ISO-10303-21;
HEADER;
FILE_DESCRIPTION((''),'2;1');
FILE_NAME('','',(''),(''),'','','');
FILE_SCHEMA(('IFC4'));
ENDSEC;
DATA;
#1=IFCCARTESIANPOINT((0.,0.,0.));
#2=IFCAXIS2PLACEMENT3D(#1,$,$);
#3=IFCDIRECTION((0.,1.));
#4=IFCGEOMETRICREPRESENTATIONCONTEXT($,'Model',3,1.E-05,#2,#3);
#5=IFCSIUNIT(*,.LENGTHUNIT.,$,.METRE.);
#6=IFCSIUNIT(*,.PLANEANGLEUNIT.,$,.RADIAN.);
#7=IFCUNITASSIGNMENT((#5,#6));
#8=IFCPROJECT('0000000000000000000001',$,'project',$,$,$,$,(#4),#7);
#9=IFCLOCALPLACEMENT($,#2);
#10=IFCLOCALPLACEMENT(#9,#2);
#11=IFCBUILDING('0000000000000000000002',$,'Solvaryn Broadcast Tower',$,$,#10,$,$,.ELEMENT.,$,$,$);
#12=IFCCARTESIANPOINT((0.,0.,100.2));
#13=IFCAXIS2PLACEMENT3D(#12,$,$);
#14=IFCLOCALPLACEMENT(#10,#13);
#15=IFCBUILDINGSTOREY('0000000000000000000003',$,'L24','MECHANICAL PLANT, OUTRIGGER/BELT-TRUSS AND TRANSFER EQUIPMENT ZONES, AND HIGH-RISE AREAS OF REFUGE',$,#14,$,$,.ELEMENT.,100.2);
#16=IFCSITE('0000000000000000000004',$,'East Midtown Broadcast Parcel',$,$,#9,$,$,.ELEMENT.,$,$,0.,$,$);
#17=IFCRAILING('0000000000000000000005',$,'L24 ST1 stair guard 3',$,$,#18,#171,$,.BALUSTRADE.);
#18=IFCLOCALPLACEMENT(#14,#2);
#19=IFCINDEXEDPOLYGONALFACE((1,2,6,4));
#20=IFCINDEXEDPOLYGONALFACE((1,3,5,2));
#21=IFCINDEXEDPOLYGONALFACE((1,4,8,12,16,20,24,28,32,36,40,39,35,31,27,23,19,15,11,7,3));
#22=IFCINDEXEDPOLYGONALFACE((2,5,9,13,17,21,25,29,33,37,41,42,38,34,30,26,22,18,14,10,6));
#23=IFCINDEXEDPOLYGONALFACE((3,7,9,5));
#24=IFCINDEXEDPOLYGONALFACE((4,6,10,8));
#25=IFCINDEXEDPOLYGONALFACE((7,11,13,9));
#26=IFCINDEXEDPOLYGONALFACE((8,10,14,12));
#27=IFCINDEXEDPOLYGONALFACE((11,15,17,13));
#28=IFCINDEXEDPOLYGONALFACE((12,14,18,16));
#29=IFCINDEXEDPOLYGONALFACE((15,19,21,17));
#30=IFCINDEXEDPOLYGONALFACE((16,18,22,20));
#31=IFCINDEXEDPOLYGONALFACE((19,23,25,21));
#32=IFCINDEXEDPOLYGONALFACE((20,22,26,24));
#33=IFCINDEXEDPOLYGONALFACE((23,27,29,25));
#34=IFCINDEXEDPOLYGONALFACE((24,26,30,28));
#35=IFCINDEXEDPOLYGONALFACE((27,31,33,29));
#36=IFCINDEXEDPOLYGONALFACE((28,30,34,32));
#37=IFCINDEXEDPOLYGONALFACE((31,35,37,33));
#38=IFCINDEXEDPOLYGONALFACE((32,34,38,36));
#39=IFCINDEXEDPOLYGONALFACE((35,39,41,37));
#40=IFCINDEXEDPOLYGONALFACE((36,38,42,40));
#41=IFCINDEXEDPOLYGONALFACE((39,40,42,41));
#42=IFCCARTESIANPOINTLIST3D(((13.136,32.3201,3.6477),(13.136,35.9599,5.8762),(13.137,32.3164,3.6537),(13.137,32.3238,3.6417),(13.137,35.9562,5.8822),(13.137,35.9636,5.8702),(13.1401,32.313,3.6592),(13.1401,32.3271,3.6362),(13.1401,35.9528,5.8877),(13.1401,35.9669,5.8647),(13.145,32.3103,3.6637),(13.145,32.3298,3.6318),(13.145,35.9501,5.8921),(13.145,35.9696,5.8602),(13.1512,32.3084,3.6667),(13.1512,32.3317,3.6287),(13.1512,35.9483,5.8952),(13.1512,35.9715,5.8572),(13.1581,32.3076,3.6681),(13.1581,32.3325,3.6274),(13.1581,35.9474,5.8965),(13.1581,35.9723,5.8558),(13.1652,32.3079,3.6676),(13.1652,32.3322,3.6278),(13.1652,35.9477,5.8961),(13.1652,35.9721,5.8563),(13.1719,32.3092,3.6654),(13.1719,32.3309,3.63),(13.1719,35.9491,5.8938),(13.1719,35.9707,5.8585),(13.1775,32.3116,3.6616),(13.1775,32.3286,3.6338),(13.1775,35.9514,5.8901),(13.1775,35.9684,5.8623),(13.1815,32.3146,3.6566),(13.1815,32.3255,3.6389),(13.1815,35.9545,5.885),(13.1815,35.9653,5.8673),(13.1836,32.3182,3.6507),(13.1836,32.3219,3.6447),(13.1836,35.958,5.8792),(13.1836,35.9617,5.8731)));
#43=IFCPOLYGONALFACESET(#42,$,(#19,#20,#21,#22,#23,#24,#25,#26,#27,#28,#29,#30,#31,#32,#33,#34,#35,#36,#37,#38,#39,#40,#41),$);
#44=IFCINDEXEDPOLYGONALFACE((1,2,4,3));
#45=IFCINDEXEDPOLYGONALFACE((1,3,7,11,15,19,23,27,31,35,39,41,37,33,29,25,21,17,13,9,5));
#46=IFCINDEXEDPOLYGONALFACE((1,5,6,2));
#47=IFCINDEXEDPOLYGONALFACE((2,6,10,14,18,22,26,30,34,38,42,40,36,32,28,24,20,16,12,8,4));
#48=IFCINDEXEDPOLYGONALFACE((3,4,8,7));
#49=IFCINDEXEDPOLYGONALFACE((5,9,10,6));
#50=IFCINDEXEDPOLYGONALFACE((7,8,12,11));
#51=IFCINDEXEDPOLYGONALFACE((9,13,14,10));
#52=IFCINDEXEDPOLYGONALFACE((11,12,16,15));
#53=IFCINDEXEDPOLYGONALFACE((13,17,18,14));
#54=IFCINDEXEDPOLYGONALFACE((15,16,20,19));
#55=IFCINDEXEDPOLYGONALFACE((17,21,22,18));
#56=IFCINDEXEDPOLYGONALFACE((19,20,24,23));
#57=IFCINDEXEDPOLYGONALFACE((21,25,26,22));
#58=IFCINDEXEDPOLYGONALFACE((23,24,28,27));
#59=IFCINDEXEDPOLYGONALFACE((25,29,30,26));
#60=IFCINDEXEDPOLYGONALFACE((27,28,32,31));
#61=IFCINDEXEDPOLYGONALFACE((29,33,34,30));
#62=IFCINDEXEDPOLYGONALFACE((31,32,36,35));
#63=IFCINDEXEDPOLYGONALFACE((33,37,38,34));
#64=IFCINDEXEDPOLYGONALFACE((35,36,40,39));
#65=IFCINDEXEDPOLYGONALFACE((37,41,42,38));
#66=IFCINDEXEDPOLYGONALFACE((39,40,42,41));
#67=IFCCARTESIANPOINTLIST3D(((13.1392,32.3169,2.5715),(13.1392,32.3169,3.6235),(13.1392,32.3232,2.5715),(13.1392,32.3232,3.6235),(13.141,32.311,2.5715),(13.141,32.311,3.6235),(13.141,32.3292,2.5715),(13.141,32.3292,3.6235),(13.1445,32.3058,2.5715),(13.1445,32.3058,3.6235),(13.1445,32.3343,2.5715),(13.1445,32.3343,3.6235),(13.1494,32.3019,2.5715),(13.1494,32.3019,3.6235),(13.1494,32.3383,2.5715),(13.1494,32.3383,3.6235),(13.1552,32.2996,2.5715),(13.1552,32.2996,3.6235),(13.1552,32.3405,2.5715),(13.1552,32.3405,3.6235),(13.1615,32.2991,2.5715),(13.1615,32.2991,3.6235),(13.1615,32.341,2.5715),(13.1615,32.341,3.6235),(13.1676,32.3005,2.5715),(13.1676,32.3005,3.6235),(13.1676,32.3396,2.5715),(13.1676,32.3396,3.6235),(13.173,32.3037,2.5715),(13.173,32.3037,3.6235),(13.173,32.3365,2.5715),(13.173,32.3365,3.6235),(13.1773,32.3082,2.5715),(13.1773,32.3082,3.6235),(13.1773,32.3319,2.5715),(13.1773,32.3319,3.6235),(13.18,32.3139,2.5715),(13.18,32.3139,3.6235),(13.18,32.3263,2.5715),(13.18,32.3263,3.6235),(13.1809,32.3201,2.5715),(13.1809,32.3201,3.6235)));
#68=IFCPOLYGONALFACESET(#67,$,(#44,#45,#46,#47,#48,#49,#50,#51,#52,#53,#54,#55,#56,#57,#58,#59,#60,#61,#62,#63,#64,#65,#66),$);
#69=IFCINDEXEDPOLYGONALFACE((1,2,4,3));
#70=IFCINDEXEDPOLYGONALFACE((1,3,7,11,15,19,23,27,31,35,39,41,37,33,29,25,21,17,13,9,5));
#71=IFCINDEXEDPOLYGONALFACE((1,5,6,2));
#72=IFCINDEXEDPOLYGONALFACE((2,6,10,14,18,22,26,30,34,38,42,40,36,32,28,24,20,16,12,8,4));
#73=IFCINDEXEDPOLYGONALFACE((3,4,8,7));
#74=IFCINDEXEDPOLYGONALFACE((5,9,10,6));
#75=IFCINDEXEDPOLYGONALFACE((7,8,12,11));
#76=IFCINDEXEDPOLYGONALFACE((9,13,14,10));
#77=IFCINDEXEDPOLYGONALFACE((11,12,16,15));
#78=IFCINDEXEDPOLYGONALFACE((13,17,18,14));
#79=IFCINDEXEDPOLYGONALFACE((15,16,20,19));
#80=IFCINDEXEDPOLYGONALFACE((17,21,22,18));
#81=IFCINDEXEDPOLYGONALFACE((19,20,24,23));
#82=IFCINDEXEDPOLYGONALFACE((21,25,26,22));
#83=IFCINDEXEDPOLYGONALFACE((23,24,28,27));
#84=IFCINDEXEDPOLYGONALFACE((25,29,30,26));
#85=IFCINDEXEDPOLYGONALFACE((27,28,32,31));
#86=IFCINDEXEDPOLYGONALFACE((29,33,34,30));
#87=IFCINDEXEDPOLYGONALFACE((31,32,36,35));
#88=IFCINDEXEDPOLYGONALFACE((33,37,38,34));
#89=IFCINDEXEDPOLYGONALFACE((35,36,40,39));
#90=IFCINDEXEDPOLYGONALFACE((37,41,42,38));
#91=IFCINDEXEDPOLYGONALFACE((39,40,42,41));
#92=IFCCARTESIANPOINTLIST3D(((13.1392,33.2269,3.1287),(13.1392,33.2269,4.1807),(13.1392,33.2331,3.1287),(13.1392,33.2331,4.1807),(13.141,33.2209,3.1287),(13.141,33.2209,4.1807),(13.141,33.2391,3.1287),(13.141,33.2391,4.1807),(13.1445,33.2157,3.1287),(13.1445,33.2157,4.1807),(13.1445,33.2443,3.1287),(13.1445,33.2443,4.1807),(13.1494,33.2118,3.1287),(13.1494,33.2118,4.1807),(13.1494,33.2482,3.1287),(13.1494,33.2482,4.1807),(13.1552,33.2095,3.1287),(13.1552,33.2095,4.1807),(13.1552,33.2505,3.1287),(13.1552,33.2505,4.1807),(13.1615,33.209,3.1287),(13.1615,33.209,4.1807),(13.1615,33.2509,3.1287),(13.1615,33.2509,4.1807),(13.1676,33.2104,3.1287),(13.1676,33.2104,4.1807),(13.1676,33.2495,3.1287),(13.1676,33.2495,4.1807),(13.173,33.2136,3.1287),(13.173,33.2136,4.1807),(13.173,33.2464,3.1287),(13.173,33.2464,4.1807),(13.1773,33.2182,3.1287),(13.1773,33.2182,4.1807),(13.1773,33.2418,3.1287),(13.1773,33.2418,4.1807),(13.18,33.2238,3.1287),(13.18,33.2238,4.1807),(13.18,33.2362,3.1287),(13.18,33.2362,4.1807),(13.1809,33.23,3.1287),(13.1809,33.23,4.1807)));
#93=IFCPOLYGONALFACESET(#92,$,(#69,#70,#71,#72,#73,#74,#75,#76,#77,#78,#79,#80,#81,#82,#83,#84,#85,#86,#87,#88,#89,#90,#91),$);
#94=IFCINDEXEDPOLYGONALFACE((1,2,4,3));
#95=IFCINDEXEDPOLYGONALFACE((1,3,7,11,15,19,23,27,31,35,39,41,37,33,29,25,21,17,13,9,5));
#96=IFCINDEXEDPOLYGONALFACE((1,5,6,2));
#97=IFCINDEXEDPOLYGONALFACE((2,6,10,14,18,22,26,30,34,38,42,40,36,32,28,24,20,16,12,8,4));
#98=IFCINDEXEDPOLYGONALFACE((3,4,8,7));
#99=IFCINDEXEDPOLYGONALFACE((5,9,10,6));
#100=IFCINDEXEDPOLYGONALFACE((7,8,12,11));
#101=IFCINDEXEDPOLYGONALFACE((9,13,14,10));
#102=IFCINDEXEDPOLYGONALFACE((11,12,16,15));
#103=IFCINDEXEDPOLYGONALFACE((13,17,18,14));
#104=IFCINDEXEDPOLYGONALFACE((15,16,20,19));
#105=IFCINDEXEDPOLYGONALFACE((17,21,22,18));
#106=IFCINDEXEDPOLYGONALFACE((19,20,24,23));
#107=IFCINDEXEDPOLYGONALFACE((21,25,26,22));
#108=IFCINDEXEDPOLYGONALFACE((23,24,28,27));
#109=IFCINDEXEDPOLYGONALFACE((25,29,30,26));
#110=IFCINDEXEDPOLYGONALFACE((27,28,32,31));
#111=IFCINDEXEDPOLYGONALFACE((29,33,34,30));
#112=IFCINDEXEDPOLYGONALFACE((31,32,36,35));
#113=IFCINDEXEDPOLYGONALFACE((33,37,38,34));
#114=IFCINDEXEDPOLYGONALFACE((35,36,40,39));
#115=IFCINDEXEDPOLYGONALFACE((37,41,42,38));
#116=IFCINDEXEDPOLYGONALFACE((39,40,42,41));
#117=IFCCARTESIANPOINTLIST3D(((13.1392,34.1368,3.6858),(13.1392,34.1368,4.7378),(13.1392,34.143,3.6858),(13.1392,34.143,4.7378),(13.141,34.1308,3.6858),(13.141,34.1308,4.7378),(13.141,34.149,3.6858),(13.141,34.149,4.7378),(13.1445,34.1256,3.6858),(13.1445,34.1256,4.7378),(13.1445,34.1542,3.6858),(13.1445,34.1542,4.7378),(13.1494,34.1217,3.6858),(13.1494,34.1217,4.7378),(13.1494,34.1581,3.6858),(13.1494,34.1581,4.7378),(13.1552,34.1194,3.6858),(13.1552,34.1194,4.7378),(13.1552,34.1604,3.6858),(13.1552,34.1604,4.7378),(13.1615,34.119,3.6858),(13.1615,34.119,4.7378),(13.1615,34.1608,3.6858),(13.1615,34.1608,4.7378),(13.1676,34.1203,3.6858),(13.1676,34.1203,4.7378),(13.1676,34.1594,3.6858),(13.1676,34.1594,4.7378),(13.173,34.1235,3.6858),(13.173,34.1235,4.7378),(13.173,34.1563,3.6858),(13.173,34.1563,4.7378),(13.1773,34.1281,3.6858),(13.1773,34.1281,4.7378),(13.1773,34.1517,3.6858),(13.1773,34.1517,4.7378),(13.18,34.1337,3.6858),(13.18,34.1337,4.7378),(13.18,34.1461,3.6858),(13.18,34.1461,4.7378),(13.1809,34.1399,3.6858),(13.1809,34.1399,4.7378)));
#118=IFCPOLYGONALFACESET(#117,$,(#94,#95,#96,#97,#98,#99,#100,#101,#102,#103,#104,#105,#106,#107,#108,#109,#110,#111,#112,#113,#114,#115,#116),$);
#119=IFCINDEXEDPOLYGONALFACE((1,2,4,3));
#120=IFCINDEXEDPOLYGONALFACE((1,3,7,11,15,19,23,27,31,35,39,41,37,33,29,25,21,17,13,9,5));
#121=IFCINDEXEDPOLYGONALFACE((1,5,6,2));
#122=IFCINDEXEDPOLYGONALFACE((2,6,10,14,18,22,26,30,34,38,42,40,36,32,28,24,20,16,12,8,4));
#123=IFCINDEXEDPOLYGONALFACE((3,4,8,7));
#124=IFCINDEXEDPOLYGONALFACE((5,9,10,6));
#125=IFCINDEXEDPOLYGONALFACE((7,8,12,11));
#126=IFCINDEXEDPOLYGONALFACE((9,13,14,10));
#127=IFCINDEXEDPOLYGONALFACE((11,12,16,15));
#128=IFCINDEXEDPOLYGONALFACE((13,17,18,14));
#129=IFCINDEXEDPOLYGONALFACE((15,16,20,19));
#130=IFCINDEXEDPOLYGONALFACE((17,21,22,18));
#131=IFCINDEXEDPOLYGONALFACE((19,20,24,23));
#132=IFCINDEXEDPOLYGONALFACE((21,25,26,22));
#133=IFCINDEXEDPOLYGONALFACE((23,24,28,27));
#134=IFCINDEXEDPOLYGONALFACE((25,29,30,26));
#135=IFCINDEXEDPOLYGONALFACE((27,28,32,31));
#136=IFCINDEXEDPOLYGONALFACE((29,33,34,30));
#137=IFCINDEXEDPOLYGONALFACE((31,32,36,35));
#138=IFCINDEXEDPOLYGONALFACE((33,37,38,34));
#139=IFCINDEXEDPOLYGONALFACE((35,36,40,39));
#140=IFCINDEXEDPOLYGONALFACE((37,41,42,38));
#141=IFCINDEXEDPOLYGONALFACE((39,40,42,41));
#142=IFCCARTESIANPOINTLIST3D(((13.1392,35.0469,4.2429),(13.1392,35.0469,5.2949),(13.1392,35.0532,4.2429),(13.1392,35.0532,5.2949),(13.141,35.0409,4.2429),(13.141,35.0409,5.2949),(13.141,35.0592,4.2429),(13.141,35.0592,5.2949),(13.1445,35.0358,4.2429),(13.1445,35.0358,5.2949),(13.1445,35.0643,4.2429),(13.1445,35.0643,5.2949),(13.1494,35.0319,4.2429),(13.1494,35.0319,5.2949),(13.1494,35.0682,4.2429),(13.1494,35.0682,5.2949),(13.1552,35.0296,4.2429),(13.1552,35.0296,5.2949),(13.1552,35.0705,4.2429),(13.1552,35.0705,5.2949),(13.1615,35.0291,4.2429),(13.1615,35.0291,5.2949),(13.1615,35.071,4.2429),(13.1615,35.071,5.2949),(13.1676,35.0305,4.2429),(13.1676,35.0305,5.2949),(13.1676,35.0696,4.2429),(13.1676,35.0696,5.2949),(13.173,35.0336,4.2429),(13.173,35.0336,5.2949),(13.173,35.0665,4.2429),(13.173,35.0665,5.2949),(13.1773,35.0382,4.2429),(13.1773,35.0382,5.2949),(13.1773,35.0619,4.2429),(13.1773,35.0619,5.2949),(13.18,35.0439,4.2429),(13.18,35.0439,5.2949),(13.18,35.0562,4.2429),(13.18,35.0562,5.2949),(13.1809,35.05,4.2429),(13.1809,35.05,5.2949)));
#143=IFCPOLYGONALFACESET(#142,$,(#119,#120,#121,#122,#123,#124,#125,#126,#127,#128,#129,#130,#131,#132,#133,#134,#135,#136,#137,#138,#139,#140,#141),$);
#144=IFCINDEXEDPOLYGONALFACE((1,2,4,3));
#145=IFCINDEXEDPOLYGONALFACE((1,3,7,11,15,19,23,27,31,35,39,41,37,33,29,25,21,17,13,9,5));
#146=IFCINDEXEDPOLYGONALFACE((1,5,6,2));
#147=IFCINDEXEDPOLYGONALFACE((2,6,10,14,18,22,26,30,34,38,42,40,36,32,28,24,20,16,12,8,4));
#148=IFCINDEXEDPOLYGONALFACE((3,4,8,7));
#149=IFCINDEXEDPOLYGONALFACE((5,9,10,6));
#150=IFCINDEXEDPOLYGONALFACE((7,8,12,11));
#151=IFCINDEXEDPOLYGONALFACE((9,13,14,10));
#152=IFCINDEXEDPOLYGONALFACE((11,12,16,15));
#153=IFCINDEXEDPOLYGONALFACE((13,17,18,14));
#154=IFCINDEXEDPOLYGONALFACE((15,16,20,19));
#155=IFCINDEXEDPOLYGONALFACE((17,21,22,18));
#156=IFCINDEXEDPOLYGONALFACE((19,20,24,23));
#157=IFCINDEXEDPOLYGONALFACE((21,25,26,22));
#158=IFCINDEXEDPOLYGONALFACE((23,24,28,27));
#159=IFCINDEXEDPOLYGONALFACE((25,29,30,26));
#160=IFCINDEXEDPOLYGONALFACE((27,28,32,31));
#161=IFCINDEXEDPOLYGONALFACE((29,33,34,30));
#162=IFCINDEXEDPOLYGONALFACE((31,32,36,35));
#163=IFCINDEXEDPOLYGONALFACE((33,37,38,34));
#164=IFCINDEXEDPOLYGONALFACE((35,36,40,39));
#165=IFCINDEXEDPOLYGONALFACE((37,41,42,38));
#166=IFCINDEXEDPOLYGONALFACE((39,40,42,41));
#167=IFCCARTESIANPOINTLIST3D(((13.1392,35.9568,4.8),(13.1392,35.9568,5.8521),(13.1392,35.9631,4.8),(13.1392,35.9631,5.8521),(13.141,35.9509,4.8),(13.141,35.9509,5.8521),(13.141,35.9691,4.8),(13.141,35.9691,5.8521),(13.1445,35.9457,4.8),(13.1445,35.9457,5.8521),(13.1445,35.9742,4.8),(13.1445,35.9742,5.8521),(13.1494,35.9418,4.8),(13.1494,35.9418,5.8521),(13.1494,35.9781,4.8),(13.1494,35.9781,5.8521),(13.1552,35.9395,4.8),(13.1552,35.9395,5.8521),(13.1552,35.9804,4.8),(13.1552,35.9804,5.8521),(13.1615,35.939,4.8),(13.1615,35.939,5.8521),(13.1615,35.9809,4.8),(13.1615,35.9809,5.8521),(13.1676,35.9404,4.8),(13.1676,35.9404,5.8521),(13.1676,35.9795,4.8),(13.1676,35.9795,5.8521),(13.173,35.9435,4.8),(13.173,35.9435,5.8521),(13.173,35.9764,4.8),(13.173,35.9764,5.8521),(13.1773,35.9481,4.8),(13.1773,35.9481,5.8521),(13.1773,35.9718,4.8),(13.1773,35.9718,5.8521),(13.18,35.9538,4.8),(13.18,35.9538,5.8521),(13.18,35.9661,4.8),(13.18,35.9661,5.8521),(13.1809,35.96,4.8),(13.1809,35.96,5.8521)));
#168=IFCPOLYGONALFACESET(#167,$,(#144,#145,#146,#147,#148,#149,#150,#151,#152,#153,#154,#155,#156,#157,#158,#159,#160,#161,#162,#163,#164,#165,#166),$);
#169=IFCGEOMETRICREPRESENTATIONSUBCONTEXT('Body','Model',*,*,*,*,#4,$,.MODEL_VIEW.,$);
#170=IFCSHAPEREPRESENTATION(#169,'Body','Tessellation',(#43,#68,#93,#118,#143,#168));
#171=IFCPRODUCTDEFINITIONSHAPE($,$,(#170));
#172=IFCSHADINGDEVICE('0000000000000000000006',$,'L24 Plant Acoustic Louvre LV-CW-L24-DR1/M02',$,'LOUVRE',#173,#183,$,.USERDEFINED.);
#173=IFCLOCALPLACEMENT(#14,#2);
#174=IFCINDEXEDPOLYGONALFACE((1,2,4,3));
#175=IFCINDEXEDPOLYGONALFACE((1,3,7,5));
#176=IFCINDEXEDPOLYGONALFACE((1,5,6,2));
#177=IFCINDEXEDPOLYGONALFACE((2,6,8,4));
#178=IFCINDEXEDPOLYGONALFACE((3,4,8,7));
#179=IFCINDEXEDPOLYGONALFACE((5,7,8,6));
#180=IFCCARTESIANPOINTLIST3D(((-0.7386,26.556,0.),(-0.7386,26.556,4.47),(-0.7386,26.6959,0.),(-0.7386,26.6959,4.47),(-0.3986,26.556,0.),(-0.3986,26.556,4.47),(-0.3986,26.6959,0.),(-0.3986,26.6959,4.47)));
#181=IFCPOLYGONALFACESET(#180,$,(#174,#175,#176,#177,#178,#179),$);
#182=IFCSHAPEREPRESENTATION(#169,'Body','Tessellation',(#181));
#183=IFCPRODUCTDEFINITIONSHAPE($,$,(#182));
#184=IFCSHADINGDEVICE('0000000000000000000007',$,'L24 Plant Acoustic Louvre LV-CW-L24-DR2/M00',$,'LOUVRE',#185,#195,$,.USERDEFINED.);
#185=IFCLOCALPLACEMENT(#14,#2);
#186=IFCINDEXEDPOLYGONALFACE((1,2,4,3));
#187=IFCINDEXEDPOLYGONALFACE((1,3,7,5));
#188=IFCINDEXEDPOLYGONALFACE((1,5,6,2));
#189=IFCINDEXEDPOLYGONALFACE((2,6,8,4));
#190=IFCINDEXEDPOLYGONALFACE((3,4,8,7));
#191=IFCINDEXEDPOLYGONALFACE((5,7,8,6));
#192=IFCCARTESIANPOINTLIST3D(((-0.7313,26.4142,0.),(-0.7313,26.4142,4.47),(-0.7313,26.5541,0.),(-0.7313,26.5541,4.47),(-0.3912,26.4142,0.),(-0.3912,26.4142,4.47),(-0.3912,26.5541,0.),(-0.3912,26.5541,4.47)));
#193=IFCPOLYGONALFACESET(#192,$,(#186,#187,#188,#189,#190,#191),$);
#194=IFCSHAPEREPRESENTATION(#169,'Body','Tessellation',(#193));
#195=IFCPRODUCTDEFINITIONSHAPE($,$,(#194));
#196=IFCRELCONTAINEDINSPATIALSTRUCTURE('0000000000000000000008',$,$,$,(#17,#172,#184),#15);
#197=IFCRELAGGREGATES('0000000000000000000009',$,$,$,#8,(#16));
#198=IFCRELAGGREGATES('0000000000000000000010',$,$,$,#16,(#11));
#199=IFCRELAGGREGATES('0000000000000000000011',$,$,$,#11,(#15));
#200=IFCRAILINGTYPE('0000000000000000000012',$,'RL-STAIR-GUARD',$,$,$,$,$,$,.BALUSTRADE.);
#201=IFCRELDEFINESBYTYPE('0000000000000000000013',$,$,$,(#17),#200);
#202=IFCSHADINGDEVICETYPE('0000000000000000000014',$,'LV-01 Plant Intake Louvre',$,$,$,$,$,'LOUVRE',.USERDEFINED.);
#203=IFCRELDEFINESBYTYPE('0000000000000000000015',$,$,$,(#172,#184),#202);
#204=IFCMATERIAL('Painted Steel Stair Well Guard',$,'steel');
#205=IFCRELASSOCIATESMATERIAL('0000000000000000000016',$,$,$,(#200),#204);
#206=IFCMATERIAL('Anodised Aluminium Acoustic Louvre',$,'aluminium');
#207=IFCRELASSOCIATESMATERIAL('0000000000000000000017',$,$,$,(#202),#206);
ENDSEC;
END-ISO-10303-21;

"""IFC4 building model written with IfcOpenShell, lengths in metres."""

from ifc_helpers import new_model, si_unit, direction, frame, origin, origin_2d, place, context, subcontext, project, spatial, rectangle, circle, extrude, material, type_object, element, save


model = new_model("IFC4")

# Units and contexts
model_context = context("Model", 3, precision=1e-05, world=origin(), true_north=direction((0.0, 1.0)))
body_context = subcontext(model_context, "Body", "Model", "MODEL_VIEW")
ifc_project = project(units=[si_unit("LENGTHUNIT", "METRE"), si_unit("PLANEANGLEUNIT", "RADIAN")], contexts=[model_context])

# Site, building, storey
site_placement = place(None, origin())
site = spatial("IfcSite", under=ifc_project, at=site_placement, Name="East Midtown Broadcast Parcel", CompositionType="ELEMENT", RefElevation=0.0)
building_placement = place(site_placement, origin())
building = spatial("IfcBuilding", under=site, at=building_placement, Name="Solvaryn Broadcast Tower", CompositionType="ELEMENT")
storey_placement = place(building_placement, frame((0.0, 0.0, 100.2)))
storey = spatial("IfcBuildingStorey", under=building, at=storey_placement, Name="L24", Description="MECHANICAL PLANT, OUTRIGGER/BELT-TRUSS AND TRANSFER EQUIPMENT ZONES, AND HIGH-RISE AREAS OF REFUGE", CompositionType="ELEMENT", Elevation=100.2)

# Railing
ifc_material_1 = material(Name="Painted Steel Stair Well Guard", Category="steel")
railing_type = type_object("IfcRailingType", Name="RL-STAIR-GUARD", PredefinedType="BALUSTRADE", material=ifc_material_1)
railing_1_placement = place(storey_placement, frame((13.1599, 32.3201, 2.5715)))
element("IfcRailing", 1, at=railing_1_placement, inside=storey, type_object=railing_type, Name="L24 ST1 stair guard 3", PredefinedType="BALUSTRADE", context=body_context, shape_type="SweptSolid", body=[
    extrude(circle(Radius=0.0239, at=origin_2d()), frame((0.0, 0.0, 1.0762), z_axis=(0.0, 0.85285, 0.522156), x_axis=(-1.0, 0.0, 0.0)), (0.0, 0.0, 1.0), 4.2678),
    extrude(circle(Radius=0.021, at=origin_2d()), origin(), (0.0, 0.0, 1.0), 1.052),
    extrude(circle(Radius=0.021, at=origin_2d()), frame((0.0, 0.9099, 0.5571)), (0.0, 0.0, 1.0), 1.052),
    extrude(circle(Radius=0.021, at=origin_2d()), frame((0.0, 1.8198, 1.1143)), (0.0, 0.0, 1.0), 1.052),
    extrude(circle(Radius=0.021, at=origin_2d()), frame((0.0, 2.73, 1.6714)), (0.0, 0.0, 1.0), 1.052),
    extrude(circle(Radius=0.021, at=origin_2d()), frame((0.0, 3.6399, 2.2285)), (0.0, 0.0, 1.0), 1.052),
])

# Shading devices
ifc_material_2 = material(Name="Anodised Aluminium Acoustic Louvre", Category="aluminium")
shading_device_type = type_object("IfcShadingDeviceType", Name="LV-01 Plant Intake Louvre", ElementType="LOUVRE", PredefinedType="USERDEFINED", material=ifc_material_2)
for number, where, z_axis, x_axis, name in (
    (2, (-0.5686, 26.626, 0.0), (0.0, 0.0, 1.0), (1.0, 0.0, 0.0), "L24 Plant Acoustic Louvre LV-CW-L24-DR1/M02"),
    (3, (-0.5613, 26.4841, 0.0), (0.0, 0.0, 1.0), (1.0, 0.0, 0.0), "L24 Plant Acoustic Louvre LV-CW-L24-DR2/M00"),
):
    element("IfcShadingDevice", number, at=place(storey_placement, frame(where, z_axis=z_axis, x_axis=x_axis)), inside=storey, type_object=shading_device_type, Name=name, ObjectType="LOUVRE", PredefinedType="USERDEFINED", context=body_context, shape_type="SweptSolid", body=[
        extrude(rectangle(XDim=0.3401, YDim=0.1399, at=origin_2d()), origin(), (0.0, 0.0, 1.0), 4.47),
    ])

save(model, "model.ifc")
